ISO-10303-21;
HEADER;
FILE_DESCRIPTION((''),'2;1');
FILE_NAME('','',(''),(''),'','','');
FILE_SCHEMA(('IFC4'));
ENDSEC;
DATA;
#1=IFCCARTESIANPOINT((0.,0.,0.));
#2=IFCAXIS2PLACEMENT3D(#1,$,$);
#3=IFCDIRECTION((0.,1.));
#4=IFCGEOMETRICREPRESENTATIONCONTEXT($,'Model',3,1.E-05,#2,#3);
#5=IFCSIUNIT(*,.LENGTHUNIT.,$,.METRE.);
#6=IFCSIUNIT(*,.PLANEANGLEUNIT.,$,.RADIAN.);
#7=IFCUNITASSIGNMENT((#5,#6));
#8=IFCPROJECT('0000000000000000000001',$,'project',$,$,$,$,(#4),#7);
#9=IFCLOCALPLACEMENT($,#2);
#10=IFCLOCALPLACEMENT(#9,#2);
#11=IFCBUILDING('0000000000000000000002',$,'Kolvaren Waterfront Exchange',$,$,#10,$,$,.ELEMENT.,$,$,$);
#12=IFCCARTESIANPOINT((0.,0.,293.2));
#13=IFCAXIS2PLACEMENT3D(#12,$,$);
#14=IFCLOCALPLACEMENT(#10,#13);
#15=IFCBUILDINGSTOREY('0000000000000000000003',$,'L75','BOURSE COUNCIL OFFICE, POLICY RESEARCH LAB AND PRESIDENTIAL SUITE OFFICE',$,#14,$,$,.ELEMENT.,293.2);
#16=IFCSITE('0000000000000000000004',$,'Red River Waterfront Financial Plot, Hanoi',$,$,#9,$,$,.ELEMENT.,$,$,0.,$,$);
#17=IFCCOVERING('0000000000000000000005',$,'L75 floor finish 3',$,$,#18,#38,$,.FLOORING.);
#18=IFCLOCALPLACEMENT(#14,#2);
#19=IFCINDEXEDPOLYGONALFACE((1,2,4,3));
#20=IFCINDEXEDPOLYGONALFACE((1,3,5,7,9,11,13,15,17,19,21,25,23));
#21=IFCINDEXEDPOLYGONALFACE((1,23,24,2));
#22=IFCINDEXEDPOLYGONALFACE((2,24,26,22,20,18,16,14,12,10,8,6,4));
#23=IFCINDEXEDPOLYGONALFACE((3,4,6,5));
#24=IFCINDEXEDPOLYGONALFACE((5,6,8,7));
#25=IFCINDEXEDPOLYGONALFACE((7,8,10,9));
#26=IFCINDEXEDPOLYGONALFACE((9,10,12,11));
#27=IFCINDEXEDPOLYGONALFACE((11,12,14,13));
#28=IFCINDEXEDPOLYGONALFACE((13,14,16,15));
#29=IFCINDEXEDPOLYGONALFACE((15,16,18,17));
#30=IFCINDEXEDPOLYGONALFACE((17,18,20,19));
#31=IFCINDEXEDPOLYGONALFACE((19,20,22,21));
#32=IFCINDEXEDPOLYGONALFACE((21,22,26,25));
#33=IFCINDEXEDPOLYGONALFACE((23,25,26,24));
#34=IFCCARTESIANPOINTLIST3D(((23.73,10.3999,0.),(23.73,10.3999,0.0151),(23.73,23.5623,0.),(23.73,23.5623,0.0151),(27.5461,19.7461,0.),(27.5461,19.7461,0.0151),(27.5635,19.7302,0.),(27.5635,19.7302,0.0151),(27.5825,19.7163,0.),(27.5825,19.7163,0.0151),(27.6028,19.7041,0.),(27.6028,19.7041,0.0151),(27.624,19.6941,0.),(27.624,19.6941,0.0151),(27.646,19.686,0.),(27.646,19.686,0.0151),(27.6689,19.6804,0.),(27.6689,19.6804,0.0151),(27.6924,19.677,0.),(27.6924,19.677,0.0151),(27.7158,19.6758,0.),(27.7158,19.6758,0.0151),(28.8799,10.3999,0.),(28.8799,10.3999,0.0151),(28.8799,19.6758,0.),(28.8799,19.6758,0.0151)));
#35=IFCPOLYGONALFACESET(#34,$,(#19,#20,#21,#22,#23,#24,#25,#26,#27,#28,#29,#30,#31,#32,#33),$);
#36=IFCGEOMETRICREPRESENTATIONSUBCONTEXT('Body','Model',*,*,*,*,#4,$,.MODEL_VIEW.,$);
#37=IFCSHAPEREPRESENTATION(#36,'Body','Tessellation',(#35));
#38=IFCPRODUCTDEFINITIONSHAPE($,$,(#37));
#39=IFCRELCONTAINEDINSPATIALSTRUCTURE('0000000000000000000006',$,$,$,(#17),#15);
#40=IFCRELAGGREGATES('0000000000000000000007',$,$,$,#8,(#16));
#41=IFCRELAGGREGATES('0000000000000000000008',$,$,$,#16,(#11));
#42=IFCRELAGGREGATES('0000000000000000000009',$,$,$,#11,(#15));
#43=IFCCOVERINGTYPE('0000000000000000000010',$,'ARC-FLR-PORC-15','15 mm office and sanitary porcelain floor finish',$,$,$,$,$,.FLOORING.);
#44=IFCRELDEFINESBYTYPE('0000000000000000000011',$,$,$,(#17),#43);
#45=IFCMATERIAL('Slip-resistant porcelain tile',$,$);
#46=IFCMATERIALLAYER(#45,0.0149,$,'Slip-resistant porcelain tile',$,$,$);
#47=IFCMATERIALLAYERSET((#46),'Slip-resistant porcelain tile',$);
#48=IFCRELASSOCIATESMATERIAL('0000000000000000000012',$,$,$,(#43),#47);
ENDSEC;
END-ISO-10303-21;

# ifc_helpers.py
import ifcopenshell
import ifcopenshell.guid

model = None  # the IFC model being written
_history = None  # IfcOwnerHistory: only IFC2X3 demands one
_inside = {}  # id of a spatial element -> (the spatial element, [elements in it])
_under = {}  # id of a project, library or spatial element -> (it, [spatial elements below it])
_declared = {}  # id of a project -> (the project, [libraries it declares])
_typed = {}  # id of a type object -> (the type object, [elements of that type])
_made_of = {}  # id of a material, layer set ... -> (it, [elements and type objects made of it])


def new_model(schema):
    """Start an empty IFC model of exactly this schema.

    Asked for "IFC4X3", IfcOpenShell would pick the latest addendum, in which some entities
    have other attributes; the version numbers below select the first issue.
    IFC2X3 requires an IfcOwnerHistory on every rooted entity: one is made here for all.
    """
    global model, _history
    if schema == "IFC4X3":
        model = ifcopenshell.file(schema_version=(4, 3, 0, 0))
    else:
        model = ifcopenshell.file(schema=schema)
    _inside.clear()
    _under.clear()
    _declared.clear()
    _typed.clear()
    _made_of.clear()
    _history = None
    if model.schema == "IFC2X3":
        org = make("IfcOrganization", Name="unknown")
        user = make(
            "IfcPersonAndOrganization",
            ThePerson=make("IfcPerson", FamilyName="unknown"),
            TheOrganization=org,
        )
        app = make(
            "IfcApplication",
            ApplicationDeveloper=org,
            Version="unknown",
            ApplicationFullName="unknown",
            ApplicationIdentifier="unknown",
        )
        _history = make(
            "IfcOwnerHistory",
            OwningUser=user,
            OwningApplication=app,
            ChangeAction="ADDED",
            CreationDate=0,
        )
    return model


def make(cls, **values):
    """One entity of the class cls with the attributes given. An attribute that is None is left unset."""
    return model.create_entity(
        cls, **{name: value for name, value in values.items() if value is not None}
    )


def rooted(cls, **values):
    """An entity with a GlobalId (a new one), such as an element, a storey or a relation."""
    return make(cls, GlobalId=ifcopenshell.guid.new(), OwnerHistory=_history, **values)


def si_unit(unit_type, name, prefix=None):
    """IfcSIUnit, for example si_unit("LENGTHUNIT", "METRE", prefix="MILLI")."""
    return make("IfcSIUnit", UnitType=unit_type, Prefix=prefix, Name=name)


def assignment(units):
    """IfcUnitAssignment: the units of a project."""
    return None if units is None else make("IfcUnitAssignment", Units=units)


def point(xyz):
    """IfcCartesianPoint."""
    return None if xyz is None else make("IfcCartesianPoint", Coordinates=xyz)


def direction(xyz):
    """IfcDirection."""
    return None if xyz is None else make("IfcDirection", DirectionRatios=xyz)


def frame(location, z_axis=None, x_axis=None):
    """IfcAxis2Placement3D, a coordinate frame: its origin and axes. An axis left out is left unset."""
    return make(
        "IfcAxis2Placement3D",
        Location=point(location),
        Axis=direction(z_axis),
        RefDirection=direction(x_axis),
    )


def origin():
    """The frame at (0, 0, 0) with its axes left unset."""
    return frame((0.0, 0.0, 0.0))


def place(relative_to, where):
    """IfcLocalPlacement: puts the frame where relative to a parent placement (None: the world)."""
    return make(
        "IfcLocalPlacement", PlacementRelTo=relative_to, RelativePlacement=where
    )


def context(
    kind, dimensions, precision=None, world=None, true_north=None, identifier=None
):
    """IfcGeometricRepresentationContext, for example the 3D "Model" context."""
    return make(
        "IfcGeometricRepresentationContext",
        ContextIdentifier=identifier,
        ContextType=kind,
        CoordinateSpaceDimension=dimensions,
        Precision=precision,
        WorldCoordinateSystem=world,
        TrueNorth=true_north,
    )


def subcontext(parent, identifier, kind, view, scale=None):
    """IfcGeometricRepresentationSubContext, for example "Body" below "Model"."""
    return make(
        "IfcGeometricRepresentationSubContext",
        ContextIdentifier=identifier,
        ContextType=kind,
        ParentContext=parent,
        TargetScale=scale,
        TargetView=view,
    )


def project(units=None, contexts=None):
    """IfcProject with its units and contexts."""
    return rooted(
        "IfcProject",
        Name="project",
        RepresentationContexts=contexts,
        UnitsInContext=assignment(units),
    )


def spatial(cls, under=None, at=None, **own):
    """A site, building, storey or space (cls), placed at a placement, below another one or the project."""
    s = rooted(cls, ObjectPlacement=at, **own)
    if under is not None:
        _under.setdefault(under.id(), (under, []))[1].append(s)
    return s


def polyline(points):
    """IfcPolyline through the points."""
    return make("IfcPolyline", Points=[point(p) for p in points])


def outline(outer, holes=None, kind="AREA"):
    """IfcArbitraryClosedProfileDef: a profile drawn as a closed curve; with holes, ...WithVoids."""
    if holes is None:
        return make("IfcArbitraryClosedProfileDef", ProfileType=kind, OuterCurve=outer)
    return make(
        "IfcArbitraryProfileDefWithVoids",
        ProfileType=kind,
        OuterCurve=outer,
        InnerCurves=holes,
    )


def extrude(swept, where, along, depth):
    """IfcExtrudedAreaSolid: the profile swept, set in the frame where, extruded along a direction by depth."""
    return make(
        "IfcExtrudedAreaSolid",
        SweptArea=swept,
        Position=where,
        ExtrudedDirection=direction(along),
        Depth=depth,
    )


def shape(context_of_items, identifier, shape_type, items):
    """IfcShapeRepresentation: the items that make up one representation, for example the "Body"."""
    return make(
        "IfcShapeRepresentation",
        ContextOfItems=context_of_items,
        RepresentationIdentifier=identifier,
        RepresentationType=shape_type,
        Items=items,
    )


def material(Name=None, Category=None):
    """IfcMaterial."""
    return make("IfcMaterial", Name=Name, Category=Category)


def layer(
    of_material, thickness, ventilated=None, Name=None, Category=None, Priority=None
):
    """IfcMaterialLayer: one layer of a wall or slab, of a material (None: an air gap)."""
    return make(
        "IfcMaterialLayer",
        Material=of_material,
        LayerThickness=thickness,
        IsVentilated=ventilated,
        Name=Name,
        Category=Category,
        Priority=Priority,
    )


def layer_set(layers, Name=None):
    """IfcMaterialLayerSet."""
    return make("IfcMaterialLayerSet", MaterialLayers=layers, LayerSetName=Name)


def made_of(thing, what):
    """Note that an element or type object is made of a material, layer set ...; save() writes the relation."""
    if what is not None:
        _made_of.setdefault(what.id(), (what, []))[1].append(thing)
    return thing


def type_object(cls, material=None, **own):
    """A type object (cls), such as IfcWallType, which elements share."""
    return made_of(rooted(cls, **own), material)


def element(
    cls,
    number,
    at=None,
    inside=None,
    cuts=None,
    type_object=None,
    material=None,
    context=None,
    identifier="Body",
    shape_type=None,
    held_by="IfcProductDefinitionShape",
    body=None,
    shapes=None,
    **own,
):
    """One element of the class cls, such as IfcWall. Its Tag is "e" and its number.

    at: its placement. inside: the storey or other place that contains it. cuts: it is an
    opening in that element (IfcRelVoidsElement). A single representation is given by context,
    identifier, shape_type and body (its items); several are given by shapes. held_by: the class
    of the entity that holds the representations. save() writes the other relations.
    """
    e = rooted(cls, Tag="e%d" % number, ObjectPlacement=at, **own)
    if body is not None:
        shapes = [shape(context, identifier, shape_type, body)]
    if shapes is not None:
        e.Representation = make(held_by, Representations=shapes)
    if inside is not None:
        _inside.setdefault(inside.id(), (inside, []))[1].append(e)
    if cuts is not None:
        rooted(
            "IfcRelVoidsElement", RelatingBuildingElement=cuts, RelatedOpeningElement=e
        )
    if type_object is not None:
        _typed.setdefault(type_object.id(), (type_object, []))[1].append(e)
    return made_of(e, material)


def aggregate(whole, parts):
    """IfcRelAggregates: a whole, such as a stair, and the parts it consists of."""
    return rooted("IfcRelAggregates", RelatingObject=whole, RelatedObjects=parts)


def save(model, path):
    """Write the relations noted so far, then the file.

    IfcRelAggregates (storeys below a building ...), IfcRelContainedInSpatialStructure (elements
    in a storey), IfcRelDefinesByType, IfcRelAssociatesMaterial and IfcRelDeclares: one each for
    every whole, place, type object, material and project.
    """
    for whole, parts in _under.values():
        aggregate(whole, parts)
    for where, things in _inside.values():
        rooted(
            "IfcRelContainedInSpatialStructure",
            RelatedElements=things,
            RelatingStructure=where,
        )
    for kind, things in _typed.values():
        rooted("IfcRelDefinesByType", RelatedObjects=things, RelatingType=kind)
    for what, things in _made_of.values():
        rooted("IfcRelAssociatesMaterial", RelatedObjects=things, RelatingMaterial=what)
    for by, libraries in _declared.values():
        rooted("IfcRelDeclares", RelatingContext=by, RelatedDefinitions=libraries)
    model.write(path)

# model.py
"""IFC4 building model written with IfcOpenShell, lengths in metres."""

from ifc_helpers import new_model, si_unit, direction, frame, origin, place, context, subcontext, project, spatial, polyline, outline, extrude, material, layer, layer_set, type_object, element, save


model = new_model("IFC4")

# Units and contexts
model_context = context("Model", 3, precision=1e-05, world=origin(), true_north=direction((0.0, 1.0)))
body_context = subcontext(model_context, "Body", "Model", "MODEL_VIEW")
ifc_project = project(units=[si_unit("LENGTHUNIT", "METRE"), si_unit("PLANEANGLEUNIT", "RADIAN")], contexts=[model_context])

# Site, building, storey
site_placement = place(None, origin())
site = spatial("IfcSite", under=ifc_project, at=site_placement, Name="Red River Waterfront Financial Plot, Hanoi", CompositionType="ELEMENT", RefElevation=0.0)
building_placement = place(site_placement, origin())
building = spatial("IfcBuilding", under=site, at=building_placement, Name="Kolvaren Waterfront Exchange", CompositionType="ELEMENT")
storey_placement = place(building_placement, frame((0.0, 0.0, 293.2)))
storey = spatial("IfcBuildingStorey", under=building, at=storey_placement, Name="L75", Description="BOURSE COUNCIL OFFICE, POLICY RESEARCH LAB AND PRESIDENTIAL SUITE OFFICE", CompositionType="ELEMENT", Elevation=293.2)

# Covering
ifc_material_1 = material(Name="Slip-resistant porcelain tile")
ifc_layer_1 = layer(ifc_material_1, 0.0149, Name="Slip-resistant porcelain tile")
ifc_layer_set_1 = layer_set([ifc_layer_1], Name="Slip-resistant porcelain tile")
covering_type_1 = type_object("IfcCoveringType", Name="ARC-FLR-PORC-15", Description="15 mm office and sanitary porcelain floor finish", PredefinedType="FLOORING", material=ifc_layer_set_1)
covering_1_placement = place(storey_placement, origin())
element("IfcCovering", 1, at=covering_1_placement, inside=storey, type_object=covering_type_1, Name="L75 floor finish 3", PredefinedType="FLOORING", context=body_context, shape_type="SweptSolid", body=[
    extrude(outline(polyline([(23.73, 10.3999), (28.8799, 10.3999), (28.8799, 19.6758), (27.7158, 19.6758), (27.6924, 19.677), (27.6689, 19.6804), (27.646, 19.686), (27.624, 19.6941), (27.6028, 19.7041), (27.5825, 19.7163), (27.5635, 19.7302), (27.5461, 19.7461), (23.73, 23.5623), (23.73, 10.3999)])), origin(), (0.0, 0.0, 1.0), 0.0151),
])

save(model, "model.ifc")
